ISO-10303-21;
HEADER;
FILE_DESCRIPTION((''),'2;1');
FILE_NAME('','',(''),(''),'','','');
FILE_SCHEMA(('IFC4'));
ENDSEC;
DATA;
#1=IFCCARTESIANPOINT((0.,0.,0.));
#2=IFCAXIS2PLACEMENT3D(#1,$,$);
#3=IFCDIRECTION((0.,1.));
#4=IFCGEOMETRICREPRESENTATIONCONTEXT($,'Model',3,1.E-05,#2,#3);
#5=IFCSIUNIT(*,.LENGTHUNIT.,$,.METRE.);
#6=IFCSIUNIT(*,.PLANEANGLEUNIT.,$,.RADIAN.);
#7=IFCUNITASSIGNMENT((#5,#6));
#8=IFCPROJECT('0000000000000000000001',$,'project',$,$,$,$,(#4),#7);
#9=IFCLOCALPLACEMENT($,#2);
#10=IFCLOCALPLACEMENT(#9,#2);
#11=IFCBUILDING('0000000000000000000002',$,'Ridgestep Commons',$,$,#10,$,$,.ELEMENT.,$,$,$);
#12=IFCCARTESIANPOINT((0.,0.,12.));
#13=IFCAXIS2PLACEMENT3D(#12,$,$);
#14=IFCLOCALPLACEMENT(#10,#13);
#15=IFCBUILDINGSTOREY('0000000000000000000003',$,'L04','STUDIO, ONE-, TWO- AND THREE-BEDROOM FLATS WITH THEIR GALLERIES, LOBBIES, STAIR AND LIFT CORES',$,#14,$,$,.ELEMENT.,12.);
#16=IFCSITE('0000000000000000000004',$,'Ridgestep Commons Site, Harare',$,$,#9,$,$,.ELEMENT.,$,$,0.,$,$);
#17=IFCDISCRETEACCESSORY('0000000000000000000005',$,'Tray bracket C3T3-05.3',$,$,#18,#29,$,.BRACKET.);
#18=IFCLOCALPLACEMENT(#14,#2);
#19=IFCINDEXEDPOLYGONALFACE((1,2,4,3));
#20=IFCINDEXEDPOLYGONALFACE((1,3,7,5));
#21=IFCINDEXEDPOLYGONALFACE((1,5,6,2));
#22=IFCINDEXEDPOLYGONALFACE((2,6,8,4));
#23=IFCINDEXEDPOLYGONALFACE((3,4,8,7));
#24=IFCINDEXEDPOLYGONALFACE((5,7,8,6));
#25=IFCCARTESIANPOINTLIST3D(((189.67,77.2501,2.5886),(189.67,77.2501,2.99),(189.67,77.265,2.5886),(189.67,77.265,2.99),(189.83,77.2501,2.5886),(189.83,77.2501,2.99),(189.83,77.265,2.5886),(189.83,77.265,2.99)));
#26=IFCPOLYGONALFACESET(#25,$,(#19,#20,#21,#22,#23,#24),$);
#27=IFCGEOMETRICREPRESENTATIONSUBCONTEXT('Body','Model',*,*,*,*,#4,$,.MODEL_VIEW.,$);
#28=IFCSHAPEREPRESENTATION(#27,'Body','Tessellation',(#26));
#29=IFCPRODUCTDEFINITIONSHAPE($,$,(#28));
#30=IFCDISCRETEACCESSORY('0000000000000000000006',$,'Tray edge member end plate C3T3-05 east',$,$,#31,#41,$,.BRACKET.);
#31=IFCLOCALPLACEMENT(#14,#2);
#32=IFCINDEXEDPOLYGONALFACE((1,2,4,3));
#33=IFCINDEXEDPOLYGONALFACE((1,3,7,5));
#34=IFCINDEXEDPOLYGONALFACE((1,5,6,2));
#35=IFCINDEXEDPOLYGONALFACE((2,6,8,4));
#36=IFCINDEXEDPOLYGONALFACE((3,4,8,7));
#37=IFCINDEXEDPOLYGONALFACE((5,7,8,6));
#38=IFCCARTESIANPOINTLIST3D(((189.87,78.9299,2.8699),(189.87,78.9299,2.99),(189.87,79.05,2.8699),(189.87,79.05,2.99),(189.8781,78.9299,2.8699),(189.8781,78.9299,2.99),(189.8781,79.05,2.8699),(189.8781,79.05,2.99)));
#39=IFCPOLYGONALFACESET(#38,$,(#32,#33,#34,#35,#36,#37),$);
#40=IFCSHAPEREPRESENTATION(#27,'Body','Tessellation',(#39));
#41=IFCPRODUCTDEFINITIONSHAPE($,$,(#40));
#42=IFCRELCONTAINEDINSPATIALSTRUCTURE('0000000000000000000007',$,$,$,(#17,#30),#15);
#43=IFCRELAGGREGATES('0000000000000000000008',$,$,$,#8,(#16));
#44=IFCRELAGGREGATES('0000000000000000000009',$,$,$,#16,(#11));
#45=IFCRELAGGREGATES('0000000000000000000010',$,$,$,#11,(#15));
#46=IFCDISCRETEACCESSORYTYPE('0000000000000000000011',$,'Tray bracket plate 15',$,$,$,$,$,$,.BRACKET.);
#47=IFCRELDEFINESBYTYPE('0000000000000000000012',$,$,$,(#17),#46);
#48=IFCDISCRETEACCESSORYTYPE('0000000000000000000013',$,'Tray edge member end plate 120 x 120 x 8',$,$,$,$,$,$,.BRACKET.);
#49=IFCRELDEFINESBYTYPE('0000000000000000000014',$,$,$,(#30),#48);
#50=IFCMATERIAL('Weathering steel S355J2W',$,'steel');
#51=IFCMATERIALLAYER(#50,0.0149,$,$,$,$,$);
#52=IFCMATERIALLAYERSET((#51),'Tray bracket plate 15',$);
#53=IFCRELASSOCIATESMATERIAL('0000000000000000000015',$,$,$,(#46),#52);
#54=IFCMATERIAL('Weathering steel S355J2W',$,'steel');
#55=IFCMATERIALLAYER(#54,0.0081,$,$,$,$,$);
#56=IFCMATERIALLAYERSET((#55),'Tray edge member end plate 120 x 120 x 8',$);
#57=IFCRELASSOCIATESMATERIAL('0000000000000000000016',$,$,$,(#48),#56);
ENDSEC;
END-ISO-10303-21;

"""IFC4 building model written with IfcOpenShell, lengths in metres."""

from ifc_helpers import new_model, si_unit, direction, frame, origin, origin_2d, place, context, subcontext, project, spatial, rectangle, extrude, material, layer, layer_set, type_object, element, save


model = new_model("IFC4")

# Units and contexts
model_context = context("Model", 3, precision=1e-05, world=origin(), true_north=direction((0.0, 1.0)))
body_context = subcontext(model_context, "Body", "Model", "MODEL_VIEW")
ifc_project = project(units=[si_unit("LENGTHUNIT", "METRE"), si_unit("PLANEANGLEUNIT", "RADIAN")], contexts=[model_context])

# Site, building, storey
site_placement = place(None, origin())
site = spatial("IfcSite", under=ifc_project, at=site_placement, Name="Ridgestep Commons Site, Harare", CompositionType="ELEMENT", RefElevation=0.0)
building_placement = place(site_placement, origin())
building = spatial("IfcBuilding", under=site, at=building_placement, Name="Ridgestep Commons", CompositionType="ELEMENT")
storey_placement = place(building_placement, frame((0.0, 0.0, 12.0)))
storey = spatial("IfcBuildingStorey", under=building, at=storey_placement, Name="L04", Description="STUDIO, ONE-, TWO- AND THREE-BEDROOM FLATS WITH THEIR GALLERIES, LOBBIES, STAIR AND LIFT CORES", CompositionType="ELEMENT", Elevation=12.0)

# Discrete accessories
ifc_material_1 = material(Name="Weathering steel S355J2W", Category="steel")
ifc_layer_1 = layer(ifc_material_1, 0.0149)
ifc_layer_set_1 = layer_set([ifc_layer_1], Name="Tray bracket plate 15")
discrete_accessory_type_1 = type_object("IfcDiscreteAccessoryType", Name="Tray bracket plate 15", PredefinedType="BRACKET", material=ifc_layer_set_1)
for number, where, z_axis, x_axis, name in (
    (1, (189.75, 77.2576, 2.5886), (0.0, 0.0, 1.0), (1.0, 0.0, 0.0), "Tray bracket C3T3-05.3"),
):
    element("IfcDiscreteAccessory", number, at=place(storey_placement, frame(where, z_axis=z_axis, x_axis=x_axis)), inside=storey, type_object=discrete_accessory_type_1, Name=name, PredefinedType="BRACKET", context=body_context, shape_type="SweptSolid", body=[
        extrude(rectangle(XDim=0.1599, YDim=0.0149, at=origin_2d()), origin(), (0.0, 0.0, 1.0), 0.4014),
    ])
ifc_material_2 = material(Name="Weathering steel S355J2W", Category="steel")
ifc_layer_2 = layer(ifc_material_2, 0.0081)
ifc_layer_set_2 = layer_set([ifc_layer_2], Name="Tray edge member end plate 120 x 120 x 8")
discrete_accessory_type_2 = type_object("IfcDiscreteAccessoryType", Name="Tray edge member end plate 120 x 120 x 8", PredefinedType="BRACKET", material=ifc_layer_set_2)
discrete_accessory_placement = place(storey_placement, frame((189.874, 78.99, 2.8699), z_axis=(0.0, 0.0, 1.0), x_axis=(1.0, 0.0, 0.0)))
element("IfcDiscreteAccessory", 2, at=discrete_accessory_placement, inside=storey, type_object=discrete_accessory_type_2, Name="Tray edge member end plate C3T3-05 east", PredefinedType="BRACKET", context=body_context, shape_type="SweptSolid", body=[
    extrude(rectangle(XDim=0.0081, YDim=0.1201, at=origin_2d()), origin(), (0.0, 0.0, 1.0), 0.1201),
])

save(model, "model.ifc")
